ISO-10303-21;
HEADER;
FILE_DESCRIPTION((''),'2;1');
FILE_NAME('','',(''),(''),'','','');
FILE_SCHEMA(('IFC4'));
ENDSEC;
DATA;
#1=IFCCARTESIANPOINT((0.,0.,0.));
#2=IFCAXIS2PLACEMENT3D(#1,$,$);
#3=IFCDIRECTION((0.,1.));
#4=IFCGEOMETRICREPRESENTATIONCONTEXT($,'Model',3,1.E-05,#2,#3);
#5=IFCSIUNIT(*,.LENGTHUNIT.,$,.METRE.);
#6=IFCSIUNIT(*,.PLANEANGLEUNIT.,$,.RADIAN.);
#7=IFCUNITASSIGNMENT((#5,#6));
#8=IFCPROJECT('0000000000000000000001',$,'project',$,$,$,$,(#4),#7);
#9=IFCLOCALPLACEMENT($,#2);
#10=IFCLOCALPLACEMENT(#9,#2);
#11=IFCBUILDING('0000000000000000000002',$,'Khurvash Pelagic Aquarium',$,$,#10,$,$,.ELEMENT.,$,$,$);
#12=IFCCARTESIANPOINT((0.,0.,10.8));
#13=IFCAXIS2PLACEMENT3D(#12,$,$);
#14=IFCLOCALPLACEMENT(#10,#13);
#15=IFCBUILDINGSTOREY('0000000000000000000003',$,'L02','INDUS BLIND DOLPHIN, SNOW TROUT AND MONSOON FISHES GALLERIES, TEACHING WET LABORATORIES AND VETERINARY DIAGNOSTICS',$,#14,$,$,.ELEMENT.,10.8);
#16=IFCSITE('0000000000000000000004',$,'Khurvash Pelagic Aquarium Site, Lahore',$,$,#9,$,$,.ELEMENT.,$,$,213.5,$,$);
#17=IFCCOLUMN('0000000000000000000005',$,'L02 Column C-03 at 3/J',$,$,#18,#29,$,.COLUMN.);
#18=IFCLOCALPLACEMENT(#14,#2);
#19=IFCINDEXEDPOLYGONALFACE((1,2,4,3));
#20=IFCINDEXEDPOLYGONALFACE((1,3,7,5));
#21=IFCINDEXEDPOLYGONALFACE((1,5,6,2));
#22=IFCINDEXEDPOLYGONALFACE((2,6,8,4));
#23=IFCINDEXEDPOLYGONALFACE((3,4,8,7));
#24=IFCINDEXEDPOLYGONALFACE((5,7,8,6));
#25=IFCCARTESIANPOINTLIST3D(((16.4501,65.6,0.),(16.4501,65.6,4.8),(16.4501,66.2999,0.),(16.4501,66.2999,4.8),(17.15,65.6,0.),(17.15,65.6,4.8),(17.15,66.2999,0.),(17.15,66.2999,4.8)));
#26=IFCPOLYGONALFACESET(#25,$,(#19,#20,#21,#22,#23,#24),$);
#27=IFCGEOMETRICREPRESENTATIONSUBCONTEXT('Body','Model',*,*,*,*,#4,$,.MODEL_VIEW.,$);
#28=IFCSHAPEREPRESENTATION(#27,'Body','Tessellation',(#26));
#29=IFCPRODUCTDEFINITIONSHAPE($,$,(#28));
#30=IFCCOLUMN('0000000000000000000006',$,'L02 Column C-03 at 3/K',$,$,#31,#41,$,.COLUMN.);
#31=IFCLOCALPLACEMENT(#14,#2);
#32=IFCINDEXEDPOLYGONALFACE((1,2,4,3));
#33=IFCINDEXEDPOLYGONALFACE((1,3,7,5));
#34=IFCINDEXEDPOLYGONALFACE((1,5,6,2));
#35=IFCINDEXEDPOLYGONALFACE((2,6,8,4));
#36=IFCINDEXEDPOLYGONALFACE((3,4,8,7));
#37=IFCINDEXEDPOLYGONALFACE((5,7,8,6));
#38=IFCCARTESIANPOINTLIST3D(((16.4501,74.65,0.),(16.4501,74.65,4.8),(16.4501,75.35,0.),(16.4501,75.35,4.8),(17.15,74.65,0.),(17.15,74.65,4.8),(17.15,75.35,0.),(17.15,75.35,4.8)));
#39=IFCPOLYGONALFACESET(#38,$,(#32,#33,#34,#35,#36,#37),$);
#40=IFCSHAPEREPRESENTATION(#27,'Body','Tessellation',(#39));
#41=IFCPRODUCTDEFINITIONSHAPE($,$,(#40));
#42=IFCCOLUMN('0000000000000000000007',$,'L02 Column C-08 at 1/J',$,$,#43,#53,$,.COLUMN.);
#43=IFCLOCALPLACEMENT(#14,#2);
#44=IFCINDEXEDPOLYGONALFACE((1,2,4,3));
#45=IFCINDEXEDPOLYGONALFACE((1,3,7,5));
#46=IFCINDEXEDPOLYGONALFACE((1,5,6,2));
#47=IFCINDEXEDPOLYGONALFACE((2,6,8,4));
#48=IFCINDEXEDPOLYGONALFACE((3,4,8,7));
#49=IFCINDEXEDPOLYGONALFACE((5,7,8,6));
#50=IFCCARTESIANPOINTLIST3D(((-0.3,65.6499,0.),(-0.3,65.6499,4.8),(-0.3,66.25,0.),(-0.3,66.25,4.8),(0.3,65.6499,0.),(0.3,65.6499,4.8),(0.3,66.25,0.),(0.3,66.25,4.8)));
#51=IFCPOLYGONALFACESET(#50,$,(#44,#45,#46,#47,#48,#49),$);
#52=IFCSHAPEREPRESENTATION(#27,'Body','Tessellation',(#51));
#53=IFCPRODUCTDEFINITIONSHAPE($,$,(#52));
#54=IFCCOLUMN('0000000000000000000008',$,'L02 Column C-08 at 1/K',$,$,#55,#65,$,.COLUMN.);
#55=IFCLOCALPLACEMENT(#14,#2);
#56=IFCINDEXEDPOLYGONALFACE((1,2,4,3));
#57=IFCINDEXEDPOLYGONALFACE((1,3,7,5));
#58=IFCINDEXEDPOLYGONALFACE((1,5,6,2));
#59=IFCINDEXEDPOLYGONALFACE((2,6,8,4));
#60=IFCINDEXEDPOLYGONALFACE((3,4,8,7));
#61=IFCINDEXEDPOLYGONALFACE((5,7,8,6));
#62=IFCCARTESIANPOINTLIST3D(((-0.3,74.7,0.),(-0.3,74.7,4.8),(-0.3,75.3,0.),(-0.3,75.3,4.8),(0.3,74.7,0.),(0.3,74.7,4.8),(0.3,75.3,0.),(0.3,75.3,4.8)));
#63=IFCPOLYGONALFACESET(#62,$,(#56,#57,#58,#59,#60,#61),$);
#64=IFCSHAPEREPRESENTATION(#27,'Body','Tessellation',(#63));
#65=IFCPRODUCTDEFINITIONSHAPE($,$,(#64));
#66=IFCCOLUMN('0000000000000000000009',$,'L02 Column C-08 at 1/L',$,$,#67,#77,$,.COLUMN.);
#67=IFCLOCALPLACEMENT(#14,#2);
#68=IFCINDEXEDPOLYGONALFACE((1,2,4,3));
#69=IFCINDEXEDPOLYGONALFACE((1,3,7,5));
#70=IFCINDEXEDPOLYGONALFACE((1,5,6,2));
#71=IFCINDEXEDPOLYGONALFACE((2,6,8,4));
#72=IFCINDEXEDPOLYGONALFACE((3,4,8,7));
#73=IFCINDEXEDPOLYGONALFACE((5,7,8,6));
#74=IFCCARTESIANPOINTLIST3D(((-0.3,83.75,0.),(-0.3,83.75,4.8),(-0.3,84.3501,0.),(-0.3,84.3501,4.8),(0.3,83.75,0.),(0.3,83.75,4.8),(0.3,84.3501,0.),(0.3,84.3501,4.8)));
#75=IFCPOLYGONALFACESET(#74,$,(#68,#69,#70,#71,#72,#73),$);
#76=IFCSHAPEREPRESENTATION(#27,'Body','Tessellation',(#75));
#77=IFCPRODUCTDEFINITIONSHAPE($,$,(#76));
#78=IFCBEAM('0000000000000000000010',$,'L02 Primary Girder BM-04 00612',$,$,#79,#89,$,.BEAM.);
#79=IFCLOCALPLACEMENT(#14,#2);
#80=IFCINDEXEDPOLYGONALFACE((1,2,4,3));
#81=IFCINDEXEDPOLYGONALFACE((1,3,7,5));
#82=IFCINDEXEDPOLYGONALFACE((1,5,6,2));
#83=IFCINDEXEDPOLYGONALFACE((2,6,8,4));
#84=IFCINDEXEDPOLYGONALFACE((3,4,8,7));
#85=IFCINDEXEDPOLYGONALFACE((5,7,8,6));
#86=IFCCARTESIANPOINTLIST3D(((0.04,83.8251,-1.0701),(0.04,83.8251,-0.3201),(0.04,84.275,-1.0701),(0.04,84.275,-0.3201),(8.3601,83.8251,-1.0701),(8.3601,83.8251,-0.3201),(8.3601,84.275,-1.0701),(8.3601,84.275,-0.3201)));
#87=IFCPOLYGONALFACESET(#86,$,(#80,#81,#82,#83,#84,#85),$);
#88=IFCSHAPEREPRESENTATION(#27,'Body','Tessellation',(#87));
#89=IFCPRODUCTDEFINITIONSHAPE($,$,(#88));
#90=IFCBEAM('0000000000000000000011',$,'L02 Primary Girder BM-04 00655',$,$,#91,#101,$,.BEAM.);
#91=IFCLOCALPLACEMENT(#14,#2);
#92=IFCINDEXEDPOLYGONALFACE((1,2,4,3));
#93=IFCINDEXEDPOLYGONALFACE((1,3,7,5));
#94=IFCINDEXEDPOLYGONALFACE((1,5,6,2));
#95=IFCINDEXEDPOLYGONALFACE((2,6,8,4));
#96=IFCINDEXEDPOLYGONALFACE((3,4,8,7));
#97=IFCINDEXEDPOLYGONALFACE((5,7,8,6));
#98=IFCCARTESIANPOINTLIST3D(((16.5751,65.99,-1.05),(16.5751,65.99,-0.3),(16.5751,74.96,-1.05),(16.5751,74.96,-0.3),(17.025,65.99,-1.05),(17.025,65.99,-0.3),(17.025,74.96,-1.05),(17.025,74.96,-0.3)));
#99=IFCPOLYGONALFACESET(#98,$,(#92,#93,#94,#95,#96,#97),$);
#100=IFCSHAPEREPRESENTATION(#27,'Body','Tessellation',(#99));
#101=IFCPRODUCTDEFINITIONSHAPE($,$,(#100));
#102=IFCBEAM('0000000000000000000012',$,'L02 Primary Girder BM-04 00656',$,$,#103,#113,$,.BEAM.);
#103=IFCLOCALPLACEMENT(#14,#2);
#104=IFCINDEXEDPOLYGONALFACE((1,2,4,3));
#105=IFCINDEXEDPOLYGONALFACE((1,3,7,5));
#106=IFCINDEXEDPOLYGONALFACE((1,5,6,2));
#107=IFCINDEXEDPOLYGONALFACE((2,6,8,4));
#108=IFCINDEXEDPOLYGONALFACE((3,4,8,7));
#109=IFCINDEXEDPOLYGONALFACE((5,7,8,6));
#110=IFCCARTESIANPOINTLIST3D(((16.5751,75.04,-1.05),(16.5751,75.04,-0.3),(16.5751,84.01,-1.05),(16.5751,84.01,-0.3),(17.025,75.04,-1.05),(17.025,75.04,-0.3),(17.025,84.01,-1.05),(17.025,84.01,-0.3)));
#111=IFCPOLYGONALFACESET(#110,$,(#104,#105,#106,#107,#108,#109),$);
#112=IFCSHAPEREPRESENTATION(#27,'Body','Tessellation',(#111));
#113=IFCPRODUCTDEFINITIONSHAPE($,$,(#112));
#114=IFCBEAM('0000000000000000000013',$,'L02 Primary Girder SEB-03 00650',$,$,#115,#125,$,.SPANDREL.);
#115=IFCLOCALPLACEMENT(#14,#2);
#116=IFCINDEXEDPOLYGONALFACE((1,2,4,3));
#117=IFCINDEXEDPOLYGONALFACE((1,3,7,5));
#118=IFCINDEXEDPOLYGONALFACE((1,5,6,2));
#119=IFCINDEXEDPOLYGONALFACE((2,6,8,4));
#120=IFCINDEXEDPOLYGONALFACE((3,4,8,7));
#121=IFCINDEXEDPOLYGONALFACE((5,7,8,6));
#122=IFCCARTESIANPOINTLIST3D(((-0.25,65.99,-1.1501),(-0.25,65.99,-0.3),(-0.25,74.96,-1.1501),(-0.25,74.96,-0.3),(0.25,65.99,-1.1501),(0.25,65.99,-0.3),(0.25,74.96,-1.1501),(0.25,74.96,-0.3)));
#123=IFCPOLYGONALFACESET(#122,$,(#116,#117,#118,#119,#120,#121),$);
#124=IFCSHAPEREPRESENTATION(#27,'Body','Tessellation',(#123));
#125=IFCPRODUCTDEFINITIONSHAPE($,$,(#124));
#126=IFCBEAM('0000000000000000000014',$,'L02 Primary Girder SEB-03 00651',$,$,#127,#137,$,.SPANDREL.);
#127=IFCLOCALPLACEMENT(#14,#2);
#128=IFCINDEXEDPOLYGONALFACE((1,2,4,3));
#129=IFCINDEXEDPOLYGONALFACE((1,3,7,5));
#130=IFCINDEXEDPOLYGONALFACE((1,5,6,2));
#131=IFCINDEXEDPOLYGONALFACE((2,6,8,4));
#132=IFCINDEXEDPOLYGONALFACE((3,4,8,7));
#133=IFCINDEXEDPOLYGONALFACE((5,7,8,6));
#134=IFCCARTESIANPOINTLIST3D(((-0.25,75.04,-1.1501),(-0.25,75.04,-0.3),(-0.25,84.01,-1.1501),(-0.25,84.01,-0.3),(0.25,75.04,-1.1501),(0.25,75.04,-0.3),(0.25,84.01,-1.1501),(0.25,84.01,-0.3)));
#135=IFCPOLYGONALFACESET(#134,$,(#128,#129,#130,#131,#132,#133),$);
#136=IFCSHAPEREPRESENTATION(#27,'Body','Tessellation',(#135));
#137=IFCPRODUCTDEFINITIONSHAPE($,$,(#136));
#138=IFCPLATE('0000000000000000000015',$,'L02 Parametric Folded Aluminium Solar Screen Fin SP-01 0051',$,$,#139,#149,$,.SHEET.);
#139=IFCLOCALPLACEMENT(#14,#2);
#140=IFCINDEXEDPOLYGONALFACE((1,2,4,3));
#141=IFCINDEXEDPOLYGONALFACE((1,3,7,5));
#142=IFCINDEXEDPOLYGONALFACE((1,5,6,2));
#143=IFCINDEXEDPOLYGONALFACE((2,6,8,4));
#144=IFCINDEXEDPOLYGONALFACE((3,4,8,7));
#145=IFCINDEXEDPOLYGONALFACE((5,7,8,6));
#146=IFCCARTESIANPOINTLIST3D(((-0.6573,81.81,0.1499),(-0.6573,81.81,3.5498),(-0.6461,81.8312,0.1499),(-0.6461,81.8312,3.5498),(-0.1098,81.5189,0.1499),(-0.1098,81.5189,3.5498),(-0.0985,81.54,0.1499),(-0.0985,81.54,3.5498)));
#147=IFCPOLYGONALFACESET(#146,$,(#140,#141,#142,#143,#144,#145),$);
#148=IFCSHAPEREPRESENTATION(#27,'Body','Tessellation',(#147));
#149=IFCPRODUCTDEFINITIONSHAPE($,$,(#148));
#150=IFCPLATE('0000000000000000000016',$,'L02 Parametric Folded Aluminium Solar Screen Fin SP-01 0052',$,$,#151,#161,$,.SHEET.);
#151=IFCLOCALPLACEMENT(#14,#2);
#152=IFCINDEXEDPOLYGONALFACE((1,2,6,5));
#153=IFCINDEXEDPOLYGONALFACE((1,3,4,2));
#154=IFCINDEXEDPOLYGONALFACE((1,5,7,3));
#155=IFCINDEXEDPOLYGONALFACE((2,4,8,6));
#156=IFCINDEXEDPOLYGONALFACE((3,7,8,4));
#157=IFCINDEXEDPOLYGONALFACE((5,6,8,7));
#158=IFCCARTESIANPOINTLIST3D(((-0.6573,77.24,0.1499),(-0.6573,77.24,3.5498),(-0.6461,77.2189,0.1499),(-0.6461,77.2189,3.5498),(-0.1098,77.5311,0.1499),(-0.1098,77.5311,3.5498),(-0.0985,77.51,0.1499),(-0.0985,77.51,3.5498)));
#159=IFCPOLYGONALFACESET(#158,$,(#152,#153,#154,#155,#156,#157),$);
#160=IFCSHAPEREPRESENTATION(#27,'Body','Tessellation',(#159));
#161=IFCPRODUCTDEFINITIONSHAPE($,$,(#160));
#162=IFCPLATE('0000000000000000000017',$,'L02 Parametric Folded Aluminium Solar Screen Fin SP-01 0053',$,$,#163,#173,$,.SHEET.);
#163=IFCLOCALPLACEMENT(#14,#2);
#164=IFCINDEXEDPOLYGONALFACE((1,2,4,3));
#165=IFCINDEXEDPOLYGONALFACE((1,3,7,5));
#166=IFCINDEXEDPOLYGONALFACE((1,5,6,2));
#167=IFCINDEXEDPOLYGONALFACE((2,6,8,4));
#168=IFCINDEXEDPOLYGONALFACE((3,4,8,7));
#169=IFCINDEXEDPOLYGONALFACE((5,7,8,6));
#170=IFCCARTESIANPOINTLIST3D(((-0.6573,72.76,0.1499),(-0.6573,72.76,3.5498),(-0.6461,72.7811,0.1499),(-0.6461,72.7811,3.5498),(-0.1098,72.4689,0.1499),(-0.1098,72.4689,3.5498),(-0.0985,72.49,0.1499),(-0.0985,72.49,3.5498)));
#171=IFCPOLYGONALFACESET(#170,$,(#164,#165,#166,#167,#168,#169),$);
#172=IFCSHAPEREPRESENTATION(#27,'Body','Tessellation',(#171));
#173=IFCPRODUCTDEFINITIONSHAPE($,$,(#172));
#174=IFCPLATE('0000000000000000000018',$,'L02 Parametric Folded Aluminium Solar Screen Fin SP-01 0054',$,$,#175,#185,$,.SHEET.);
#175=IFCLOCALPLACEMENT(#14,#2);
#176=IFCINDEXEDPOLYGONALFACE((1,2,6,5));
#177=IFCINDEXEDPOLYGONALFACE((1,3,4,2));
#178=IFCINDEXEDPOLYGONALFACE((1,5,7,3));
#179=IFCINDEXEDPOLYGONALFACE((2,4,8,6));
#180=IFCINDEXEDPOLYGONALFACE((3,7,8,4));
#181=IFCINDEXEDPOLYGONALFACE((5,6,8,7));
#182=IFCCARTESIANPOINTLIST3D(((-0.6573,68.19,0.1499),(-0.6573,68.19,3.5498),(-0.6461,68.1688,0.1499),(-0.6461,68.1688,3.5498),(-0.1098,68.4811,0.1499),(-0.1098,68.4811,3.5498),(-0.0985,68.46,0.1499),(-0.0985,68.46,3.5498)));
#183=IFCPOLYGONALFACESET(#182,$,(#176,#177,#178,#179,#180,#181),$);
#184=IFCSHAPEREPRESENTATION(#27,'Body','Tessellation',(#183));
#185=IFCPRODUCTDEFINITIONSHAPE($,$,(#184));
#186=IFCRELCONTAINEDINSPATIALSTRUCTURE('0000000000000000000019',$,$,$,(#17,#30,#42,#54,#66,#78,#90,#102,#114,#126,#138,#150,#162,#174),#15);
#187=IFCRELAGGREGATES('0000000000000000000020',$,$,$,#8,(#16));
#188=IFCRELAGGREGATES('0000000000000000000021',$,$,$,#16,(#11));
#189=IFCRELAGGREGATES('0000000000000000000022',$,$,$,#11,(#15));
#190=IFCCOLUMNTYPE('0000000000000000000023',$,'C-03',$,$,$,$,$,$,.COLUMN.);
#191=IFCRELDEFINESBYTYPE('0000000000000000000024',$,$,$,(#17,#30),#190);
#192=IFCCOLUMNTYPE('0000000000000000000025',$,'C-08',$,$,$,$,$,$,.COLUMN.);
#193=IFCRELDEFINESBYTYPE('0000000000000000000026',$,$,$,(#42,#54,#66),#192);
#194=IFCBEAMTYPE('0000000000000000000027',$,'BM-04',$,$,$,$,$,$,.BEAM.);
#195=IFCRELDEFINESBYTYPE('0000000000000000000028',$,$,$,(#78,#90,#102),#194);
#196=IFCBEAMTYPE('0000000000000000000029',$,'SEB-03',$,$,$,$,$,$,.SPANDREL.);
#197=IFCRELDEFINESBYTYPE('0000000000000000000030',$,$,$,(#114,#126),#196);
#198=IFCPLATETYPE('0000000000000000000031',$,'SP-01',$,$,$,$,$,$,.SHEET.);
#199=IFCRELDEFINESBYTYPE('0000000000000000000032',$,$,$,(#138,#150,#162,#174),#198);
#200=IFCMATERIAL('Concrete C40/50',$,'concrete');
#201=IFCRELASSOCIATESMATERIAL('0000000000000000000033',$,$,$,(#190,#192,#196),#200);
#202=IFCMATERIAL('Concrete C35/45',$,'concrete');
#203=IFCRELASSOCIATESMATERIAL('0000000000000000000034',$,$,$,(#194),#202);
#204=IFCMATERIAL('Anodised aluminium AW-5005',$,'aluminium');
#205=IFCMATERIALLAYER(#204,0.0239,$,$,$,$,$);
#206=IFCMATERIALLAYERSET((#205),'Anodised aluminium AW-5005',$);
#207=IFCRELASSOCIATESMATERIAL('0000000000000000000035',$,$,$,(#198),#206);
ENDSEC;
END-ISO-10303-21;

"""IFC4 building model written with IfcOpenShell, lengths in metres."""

from ifc_helpers import new_model, si_unit, direction, frame, origin, origin_2d, place, context, subcontext, project, spatial, rectangle, extrude, material, layer, layer_set, material_profile, profile_set, type_object, element, save


model = new_model("IFC4")

# Units and contexts
model_context = context("Model", 3, precision=1e-05, world=origin(), true_north=direction((0.0, 1.0)))
body_context = subcontext(model_context, "Body", "Model", "MODEL_VIEW")
ifc_project = project(units=[si_unit("LENGTHUNIT", "METRE"), si_unit("PLANEANGLEUNIT", "RADIAN")], contexts=[model_context])

# Site, building, storey
site_placement = place(None, origin())
site = spatial("IfcSite", under=ifc_project, at=site_placement, Name="Khurvash Pelagic Aquarium Site, Lahore", CompositionType="ELEMENT", RefElevation=213.5)
building_placement = place(site_placement, origin())
building = spatial("IfcBuilding", under=site, at=building_placement, Name="Khurvash Pelagic Aquarium", CompositionType="ELEMENT")
storey_placement = place(building_placement, frame((0.0, 0.0, 10.8)))
storey = spatial("IfcBuildingStorey", under=building, at=storey_placement, Name="L02", Description="INDUS BLIND DOLPHIN, SNOW TROUT AND MONSOON FISHES GALLERIES, TEACHING WET LABORATORIES AND VETERINARY DIAGNOSTICS", CompositionType="ELEMENT", Elevation=10.8)

# Columns
ifc_material_1 = material(Name="Concrete C40/50", Category="concrete")
ifc_material_profile_1 = material_profile(ifc_material_1, rectangle(XDim=0.7, YDim=0.7, at=origin_2d()), Name="RC700X700")
ifc_profile_set_1 = profile_set([ifc_material_profile_1], Name="Concrete C40/50")
column_type_1 = type_object("IfcColumnType", Name="C-03", PredefinedType="COLUMN", material=ifc_profile_set_1)
for number, where, z_axis, x_axis, name in (
    (1, (16.8, 65.95, 0.0), (0.0, 0.0, 1.0), (1.0, 0.0, 0.0), "L02 Column C-03 at 3/J"),
    (2, (16.8, 75.0, 0.0), (0.0, 0.0, 1.0), (1.0, 0.0, 0.0), "L02 Column C-03 at 3/K"),
):
    element("IfcColumn", number, at=place(storey_placement, frame(where, z_axis=z_axis, x_axis=x_axis)), inside=storey, type_object=column_type_1, Name=name, PredefinedType="COLUMN", context=body_context, shape_type="SweptSolid", body=[
        extrude(rectangle(XDim=0.7, YDim=0.7, at=origin_2d()), origin(), (0.0, 0.0, 1.0), 4.8),
    ])
ifc_material_profile_2 = material_profile(ifc_material_1, rectangle(XDim=0.6001, YDim=0.6001, at=origin_2d()), Name="RC600X600")
ifc_profile_set_2 = profile_set([ifc_material_profile_2], Name="Concrete C40/50")
column_type_2 = type_object("IfcColumnType", Name="C-08", PredefinedType="COLUMN", material=ifc_profile_set_2)
for number, where, z_axis, x_axis, name in (
    (3, (0.0, 65.95, 0.0), (0.0, 0.0, 1.0), (1.0, 0.0, 0.0), "L02 Column C-08 at 1/J"),
    (4, (0.0, 75.0, 0.0), (0.0, 0.0, 1.0), (1.0, 0.0, 0.0), "L02 Column C-08 at 1/K"),
    (5, (0.0, 84.05, 0.0), (0.0, 0.0, 1.0), (1.0, 0.0, 0.0), "L02 Column C-08 at 1/L"),
):
    element("IfcColumn", number, at=place(storey_placement, frame(where, z_axis=z_axis, x_axis=x_axis)), inside=storey, type_object=column_type_2, Name=name, PredefinedType="COLUMN", context=body_context, shape_type="SweptSolid", body=[
        extrude(rectangle(XDim=0.6001, YDim=0.6001, at=origin_2d()), origin(), (0.0, 0.0, 1.0), 4.8),
    ])

# Beams
ifc_material_2 = material(Name="Concrete C35/45", Category="concrete")
ifc_material_profile_3 = material_profile(ifc_material_2, rectangle(XDim=0.45, YDim=0.75, at=origin_2d()), Name="RC450X750")
ifc_profile_set_3 = profile_set([ifc_material_profile_3], Name="Concrete C35/45")
beam_type_1 = type_object("IfcBeamType", Name="BM-04", PredefinedType="BEAM", material=ifc_profile_set_3)
beam_placement = place(storey_placement, frame((0.04, 84.05, -0.6951), z_axis=(1.0, 0.0, 0.0), x_axis=(0.0, 1.0, 0.0)))
element("IfcBeam", 6, at=beam_placement, inside=storey, type_object=beam_type_1, Name="L02 Primary Girder BM-04 00612", PredefinedType="BEAM", context=body_context, shape_type="SweptSolid", body=[
    extrude(rectangle(XDim=0.45, YDim=0.75, at=origin_2d()), origin(), (0.0, 0.0, 1.0), 8.3201),
])
for number, where, z_axis, x_axis, name in (
    (7, (16.8, 65.99, -0.675), (0.0, 1.0, 0.0), (-1.0, 0.0, 0.0), "L02 Primary Girder BM-04 00655"),
    (8, (16.8, 75.04, -0.675), (0.0, 1.0, 0.0), (-1.0, 0.0, 0.0), "L02 Primary Girder BM-04 00656"),
):
    element("IfcBeam", number, at=place(storey_placement, frame(where, z_axis=z_axis, x_axis=x_axis)), inside=storey, type_object=beam_type_1, Name=name, PredefinedType="BEAM", context=body_context, shape_type="SweptSolid", body=[
        extrude(rectangle(XDim=0.45, YDim=0.75, at=origin_2d()), origin(), (0.0, 0.0, 1.0), 8.97),
    ])
ifc_material_profile_4 = material_profile(ifc_material_1, rectangle(XDim=0.5, YDim=0.8501, at=origin_2d()), Name="RC500X850")
ifc_profile_set_4 = profile_set([ifc_material_profile_4], Name="Concrete C40/50")
beam_type_2 = type_object("IfcBeamType", Name="SEB-03", PredefinedType="SPANDREL", material=ifc_profile_set_4)
for number, where, z_axis, x_axis, name in (
    (9, (0.0, 65.99, -0.7251), (0.0, 1.0, 0.0), (-1.0, 0.0, 0.0), "L02 Primary Girder SEB-03 00650"),
    (10, (0.0, 75.04, -0.7251), (0.0, 1.0, 0.0), (-1.0, 0.0, 0.0), "L02 Primary Girder SEB-03 00651"),
):
    element("IfcBeam", number, at=place(storey_placement, frame(where, z_axis=z_axis, x_axis=x_axis)), inside=storey, type_object=beam_type_2, Name=name, PredefinedType="SPANDREL", context=body_context, shape_type="SweptSolid", body=[
        extrude(rectangle(XDim=0.5, YDim=0.8501, at=origin_2d()), origin(), (0.0, 0.0, 1.0), 8.97),
    ])

# Plates
ifc_material_3 = material(Name="Anodised aluminium AW-5005", Category="aluminium")
ifc_layer_1 = layer(ifc_material_3, 0.0239)
ifc_layer_set_1 = layer_set([ifc_layer_1], Name="Anodised aluminium AW-5005")
plate_type = type_object("IfcPlateType", Name="SP-01", PredefinedType="SHEET", material=ifc_layer_set_1)
for number, where, z_axis, x_axis, name in (
    (11, (-0.3779, 81.675, 0.1499), (0.0, 0.0, 1.0), (-0.882948, 0.469472, 0.0), "L02 Parametric Folded Aluminium Solar Screen Fin SP-01 0051"),
    (12, (-0.3779, 77.375, 0.1499), (0.0, 0.0, 1.0), (-0.882948, -0.469472, 0.0), "L02 Parametric Folded Aluminium Solar Screen Fin SP-01 0052"),
    (13, (-0.3779, 72.625, 0.1499), (0.0, 0.0, 1.0), (-0.882948, 0.469472, 0.0), "L02 Parametric Folded Aluminium Solar Screen Fin SP-01 0053"),
    (14, (-0.3779, 68.325, 0.1499), (0.0, 0.0, 1.0), (-0.882948, -0.469472, 0.0), "L02 Parametric Folded Aluminium Solar Screen Fin SP-01 0054"),
):
    element("IfcPlate", number, at=place(storey_placement, frame(where, z_axis=z_axis, x_axis=x_axis)), inside=storey, type_object=plate_type, Name=name, PredefinedType="SHEET", context=body_context, shape_type="SweptSolid", body=[
        extrude(rectangle(XDim=0.6201, YDim=0.0239, at=origin_2d()), origin(), (0.0, 0.0, 1.0), 3.3999),
    ])

save(model, "model.ifc")
